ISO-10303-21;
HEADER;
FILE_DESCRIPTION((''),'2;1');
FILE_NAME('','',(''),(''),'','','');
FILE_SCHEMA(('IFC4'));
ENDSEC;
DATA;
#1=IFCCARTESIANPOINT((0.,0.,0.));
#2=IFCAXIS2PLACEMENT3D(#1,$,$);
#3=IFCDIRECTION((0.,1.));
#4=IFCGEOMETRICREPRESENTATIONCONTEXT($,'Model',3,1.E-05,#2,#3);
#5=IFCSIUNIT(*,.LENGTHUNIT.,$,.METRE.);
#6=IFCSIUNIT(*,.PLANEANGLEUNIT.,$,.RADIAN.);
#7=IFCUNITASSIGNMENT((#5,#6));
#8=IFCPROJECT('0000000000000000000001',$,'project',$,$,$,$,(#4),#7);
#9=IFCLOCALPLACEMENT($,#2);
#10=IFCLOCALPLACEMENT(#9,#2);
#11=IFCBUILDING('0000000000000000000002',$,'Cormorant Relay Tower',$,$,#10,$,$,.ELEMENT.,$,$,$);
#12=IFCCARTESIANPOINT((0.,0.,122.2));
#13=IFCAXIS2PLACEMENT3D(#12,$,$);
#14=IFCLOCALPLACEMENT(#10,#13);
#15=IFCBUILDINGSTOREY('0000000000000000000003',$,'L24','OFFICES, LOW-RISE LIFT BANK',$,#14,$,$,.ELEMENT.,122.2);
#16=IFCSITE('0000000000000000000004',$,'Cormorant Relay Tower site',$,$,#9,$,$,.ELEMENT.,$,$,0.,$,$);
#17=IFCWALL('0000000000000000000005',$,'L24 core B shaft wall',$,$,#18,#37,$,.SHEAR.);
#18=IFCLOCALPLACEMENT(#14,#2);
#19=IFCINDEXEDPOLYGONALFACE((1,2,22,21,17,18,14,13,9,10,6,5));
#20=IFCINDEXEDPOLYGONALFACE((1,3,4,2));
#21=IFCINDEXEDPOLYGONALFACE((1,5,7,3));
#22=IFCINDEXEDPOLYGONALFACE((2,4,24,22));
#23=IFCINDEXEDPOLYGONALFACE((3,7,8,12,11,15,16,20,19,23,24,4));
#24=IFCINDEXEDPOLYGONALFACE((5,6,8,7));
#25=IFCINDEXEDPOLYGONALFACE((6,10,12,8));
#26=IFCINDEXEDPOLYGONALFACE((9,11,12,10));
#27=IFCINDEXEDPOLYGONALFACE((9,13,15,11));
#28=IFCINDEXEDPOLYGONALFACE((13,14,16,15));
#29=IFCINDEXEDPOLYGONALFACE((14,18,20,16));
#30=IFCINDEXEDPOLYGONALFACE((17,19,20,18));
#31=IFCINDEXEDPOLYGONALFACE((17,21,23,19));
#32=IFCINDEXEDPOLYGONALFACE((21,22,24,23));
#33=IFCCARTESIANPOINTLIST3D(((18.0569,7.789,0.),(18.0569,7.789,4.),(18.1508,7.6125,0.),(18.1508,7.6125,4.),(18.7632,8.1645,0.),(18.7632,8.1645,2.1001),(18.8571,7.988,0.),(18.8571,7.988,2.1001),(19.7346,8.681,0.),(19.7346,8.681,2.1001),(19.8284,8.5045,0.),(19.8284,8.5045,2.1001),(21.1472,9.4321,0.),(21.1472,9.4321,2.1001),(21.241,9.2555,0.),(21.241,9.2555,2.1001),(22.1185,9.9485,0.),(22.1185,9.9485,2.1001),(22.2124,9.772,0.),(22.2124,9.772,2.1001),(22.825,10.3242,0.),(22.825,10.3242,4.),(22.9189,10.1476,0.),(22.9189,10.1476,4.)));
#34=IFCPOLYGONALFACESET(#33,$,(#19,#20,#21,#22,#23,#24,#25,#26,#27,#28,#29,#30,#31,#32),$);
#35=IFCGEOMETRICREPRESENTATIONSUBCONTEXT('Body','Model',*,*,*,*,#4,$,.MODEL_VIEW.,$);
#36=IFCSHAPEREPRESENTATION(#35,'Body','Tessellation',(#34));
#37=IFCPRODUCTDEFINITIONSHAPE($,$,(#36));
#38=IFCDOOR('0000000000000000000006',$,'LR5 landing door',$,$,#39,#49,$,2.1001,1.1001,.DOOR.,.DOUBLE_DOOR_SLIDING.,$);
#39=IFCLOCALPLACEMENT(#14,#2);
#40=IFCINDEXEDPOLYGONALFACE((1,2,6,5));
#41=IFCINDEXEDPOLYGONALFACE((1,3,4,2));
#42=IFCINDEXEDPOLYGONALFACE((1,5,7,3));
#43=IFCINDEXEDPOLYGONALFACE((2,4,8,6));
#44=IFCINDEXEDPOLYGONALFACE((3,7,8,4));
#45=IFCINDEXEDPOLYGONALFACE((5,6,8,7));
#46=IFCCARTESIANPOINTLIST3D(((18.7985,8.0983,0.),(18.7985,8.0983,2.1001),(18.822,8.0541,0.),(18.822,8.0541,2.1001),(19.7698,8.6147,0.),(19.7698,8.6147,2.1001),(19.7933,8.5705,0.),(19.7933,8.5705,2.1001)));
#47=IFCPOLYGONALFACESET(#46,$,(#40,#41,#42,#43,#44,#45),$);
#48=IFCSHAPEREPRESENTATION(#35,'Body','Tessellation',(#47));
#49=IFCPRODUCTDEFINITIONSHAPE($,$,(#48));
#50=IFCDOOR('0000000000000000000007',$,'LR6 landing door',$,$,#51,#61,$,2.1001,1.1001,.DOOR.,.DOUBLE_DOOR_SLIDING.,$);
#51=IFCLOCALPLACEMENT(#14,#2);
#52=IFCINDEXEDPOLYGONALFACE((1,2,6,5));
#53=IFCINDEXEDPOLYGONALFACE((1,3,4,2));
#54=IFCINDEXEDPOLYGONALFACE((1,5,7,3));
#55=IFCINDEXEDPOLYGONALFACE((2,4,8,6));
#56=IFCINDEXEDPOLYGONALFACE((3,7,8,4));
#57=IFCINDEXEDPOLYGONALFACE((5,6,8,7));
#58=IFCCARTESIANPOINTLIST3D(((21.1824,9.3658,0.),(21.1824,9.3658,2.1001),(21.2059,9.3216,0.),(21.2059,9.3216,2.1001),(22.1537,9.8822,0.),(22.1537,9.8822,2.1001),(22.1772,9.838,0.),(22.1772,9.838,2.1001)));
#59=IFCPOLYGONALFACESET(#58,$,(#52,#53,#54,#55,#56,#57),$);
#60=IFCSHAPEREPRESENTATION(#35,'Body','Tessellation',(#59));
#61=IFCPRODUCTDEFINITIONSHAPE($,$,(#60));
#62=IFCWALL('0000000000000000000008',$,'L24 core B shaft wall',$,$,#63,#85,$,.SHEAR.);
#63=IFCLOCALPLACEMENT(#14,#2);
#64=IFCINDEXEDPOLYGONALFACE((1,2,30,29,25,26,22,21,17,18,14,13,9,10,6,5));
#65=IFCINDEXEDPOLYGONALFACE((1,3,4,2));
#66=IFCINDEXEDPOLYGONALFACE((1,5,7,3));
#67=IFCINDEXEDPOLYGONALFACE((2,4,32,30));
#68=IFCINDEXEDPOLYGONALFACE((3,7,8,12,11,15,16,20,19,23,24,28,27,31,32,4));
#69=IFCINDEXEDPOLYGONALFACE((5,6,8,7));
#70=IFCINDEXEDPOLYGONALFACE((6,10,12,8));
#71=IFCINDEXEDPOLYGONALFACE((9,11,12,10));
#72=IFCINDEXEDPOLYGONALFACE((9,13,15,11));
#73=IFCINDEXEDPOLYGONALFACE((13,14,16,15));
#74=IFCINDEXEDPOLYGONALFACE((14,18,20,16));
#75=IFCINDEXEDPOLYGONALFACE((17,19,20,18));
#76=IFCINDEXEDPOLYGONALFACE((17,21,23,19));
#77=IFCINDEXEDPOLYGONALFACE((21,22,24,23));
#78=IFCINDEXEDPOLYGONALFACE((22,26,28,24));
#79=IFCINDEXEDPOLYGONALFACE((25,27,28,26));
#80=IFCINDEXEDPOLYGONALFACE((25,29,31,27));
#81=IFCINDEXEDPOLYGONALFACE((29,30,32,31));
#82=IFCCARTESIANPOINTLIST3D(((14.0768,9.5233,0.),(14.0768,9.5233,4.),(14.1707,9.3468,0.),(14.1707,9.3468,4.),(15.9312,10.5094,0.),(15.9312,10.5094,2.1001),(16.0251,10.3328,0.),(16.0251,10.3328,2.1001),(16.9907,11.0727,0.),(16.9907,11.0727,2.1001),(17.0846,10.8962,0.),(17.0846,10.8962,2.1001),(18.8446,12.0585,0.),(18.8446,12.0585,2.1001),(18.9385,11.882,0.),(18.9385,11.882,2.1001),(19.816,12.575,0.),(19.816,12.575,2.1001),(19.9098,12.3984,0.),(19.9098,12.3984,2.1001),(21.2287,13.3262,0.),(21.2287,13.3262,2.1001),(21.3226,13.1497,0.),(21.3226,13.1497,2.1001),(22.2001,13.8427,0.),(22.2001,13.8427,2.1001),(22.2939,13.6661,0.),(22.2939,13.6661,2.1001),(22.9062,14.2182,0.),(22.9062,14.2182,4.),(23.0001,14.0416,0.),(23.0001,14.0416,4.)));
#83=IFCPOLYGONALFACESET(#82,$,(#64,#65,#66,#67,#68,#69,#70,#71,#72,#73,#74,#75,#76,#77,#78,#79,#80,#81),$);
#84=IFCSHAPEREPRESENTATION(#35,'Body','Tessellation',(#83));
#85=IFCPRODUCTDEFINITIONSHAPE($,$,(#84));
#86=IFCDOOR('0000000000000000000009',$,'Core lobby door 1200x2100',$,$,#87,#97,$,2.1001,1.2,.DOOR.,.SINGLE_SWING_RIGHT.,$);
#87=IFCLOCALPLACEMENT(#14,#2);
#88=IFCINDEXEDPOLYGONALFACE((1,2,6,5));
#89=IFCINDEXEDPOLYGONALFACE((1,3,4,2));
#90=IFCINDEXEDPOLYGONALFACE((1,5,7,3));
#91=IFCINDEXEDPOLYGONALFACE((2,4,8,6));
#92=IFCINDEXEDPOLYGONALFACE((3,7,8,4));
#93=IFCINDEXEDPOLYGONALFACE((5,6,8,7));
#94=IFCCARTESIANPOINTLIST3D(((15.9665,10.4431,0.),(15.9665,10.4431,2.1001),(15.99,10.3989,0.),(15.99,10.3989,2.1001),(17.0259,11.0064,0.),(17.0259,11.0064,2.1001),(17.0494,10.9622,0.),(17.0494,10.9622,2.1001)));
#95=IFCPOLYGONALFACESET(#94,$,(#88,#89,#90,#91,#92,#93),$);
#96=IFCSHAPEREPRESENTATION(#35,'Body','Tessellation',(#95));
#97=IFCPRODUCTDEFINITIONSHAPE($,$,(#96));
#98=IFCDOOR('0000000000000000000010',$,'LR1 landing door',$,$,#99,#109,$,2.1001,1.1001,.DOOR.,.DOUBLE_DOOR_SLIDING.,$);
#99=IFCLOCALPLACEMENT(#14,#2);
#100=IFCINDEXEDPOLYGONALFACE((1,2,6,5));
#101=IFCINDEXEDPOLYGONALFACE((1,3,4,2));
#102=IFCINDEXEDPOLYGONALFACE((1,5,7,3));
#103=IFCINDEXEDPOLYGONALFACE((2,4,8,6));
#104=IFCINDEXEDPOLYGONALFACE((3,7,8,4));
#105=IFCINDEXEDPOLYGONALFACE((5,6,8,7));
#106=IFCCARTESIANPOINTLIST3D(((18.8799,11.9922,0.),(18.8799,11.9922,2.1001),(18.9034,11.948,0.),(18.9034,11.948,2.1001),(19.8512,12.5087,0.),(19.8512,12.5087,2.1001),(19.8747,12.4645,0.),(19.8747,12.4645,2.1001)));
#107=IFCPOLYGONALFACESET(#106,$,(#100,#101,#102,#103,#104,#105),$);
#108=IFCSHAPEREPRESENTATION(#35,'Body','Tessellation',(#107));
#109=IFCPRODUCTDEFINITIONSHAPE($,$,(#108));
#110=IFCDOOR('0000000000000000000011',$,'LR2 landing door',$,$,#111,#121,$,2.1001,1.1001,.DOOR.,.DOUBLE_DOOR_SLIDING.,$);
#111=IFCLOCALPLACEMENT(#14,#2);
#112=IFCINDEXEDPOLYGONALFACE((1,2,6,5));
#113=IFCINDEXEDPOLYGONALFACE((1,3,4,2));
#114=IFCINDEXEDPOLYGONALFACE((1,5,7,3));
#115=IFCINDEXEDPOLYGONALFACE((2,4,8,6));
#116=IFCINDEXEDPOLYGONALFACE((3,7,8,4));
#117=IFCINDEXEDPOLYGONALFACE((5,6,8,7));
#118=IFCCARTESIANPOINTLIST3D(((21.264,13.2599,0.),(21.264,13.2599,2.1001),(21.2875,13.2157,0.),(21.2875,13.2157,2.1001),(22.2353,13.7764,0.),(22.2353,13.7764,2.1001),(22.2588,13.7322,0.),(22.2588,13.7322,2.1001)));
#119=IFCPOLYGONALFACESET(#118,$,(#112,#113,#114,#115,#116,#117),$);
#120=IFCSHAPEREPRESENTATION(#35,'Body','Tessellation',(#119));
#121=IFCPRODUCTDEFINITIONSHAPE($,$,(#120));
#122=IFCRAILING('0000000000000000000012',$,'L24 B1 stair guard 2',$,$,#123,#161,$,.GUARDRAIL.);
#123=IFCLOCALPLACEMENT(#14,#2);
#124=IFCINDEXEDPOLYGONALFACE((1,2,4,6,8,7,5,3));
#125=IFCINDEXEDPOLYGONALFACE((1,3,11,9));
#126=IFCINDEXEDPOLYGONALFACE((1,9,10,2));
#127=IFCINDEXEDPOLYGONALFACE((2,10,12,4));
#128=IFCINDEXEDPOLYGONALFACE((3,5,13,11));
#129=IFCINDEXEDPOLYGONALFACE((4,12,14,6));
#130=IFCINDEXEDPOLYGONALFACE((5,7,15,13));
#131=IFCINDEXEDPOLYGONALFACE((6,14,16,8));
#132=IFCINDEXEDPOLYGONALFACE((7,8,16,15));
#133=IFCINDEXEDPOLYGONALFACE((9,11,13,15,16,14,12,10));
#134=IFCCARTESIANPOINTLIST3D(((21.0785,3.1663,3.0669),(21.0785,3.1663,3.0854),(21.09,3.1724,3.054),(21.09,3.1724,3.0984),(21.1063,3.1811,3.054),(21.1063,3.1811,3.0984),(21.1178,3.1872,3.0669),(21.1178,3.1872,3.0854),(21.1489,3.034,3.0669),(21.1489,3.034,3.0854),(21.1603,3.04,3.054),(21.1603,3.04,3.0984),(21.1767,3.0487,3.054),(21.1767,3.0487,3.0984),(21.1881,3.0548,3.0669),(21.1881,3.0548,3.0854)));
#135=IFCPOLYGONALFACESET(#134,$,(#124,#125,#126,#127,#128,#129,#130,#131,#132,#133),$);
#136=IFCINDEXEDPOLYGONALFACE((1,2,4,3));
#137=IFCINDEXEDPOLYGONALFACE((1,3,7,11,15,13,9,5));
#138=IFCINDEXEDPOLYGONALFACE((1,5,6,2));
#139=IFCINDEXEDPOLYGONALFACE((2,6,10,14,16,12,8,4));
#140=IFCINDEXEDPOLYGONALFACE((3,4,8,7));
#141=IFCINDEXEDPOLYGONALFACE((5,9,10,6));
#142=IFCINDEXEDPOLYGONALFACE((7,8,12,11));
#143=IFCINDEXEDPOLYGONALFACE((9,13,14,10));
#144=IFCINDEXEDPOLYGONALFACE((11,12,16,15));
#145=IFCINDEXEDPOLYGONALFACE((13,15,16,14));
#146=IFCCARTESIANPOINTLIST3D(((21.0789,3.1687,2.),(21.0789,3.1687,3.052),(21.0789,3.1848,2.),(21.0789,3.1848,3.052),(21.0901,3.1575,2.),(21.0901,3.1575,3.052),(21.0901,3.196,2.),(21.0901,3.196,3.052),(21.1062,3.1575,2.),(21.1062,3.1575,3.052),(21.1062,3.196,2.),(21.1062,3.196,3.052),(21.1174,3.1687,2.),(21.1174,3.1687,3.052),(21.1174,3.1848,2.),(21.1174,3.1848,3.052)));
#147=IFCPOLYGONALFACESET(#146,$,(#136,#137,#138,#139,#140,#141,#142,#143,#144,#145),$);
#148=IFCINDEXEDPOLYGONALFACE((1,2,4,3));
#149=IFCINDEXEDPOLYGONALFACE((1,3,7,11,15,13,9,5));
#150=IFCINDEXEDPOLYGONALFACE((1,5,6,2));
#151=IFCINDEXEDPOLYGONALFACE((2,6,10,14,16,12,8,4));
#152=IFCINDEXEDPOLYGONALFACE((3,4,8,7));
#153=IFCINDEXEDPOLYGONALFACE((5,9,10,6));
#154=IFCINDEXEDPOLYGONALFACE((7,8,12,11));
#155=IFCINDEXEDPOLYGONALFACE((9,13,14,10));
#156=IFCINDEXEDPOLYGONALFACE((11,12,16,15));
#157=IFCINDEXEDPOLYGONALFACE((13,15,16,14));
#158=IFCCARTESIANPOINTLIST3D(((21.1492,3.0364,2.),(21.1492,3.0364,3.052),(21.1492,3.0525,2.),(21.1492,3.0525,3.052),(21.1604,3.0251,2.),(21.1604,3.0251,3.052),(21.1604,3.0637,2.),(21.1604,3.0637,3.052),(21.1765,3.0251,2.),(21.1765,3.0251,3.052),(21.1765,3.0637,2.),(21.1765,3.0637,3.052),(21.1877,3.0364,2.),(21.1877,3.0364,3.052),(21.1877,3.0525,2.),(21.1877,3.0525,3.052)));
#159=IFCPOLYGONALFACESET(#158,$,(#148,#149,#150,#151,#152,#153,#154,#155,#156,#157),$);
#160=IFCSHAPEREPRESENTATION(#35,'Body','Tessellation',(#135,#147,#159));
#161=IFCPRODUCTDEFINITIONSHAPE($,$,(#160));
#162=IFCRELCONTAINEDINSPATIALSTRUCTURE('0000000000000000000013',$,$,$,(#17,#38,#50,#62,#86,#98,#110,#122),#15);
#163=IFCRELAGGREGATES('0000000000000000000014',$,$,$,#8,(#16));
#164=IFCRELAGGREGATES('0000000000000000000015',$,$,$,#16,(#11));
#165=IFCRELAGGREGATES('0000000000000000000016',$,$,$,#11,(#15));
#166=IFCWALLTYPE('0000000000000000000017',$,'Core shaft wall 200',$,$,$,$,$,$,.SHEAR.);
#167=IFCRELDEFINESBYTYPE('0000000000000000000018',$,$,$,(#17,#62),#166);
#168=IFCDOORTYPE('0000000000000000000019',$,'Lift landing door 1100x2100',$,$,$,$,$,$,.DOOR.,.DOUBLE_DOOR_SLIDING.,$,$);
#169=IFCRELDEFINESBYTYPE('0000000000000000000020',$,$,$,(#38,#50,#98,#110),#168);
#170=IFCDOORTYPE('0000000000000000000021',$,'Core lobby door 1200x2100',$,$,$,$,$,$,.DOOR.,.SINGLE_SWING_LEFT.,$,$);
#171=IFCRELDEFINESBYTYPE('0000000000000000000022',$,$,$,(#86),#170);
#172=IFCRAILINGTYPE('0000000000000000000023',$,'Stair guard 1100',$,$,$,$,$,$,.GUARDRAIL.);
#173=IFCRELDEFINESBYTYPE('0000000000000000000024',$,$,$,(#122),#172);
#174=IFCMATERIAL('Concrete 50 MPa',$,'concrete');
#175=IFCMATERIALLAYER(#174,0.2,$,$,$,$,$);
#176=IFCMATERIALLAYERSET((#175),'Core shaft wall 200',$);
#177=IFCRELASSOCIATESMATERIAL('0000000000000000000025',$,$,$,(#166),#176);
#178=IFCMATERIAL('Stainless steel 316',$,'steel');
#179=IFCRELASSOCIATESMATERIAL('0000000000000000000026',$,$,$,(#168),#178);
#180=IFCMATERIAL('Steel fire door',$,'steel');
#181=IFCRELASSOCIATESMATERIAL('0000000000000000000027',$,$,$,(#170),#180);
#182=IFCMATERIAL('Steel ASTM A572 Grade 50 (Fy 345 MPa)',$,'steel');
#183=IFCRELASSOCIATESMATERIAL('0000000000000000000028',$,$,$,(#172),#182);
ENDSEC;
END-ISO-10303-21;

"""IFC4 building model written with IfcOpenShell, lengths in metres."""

from ifc_helpers import new_model, si_unit, direction, frame, frame_2d, origin, place, context, subcontext, project, spatial, polyline, rectangle, outline, extrude, material, layer, layer_set, type_object, element, fill, save


model = new_model("IFC4")

# Units and contexts
model_context = context("Model", 3, precision=1e-05, world=origin(), true_north=direction((0.0, 1.0)))
body_context = subcontext(model_context, "Body", "Model", "MODEL_VIEW")
ifc_project = project(units=[si_unit("LENGTHUNIT", "METRE"), si_unit("PLANEANGLEUNIT", "RADIAN")], contexts=[model_context])

# Site, building, storey
site_placement = place(None, origin())
site = spatial("IfcSite", under=ifc_project, at=site_placement, Name="Cormorant Relay Tower site", CompositionType="ELEMENT", RefElevation=0.0)
building_placement = place(site_placement, origin())
building = spatial("IfcBuilding", under=site, at=building_placement, Name="Cormorant Relay Tower", CompositionType="ELEMENT")
storey_placement = place(building_placement, frame((0.0, 0.0, 122.2)))
storey = spatial("IfcBuildingStorey", under=building, at=storey_placement, Name="L24", Description="OFFICES, LOW-RISE LIFT BANK", CompositionType="ELEMENT", Elevation=122.2)

# Shared definitions
ifc_material_1 = material(Name="Concrete 50 MPa", Category="concrete")
ifc_layer_1 = layer(ifc_material_1, 0.2)
ifc_layer_set_1 = layer_set([ifc_layer_1], Name="Core shaft wall 200")
wall_type_1 = type_object("IfcWallType", Name="Core shaft wall 200", PredefinedType="SHEAR", material=ifc_layer_set_1)

# Walls, openings, doors
wall_1_placement = place(storey_placement, frame((18.1038, 7.7007, 0.0), z_axis=(0.0, 0.0, 1.0), x_axis=(0.882953, 0.469462, 0.0)))
wall_1 = element("IfcWall", 1, at=wall_1_placement, inside=storey, type_object=wall_type_1, Name="L24 core B shaft wall", PredefinedType="SHEAR", context=body_context, shape_type="SweptSolid", body=[
    extrude(rectangle(XDim=5.4001, YDim=0.2, at=frame_2d((2.7002, 0.0))), origin(), (0.0, 0.0, 1.0), 4.0),
])
opening_1_placement = place(wall_1_placement, frame((0.8, 0.0, 0.0)))
opening_1 = element("IfcOpeningElement", 2, at=opening_1_placement, cuts=wall_1, PredefinedType="OPENING", context=body_context, shape_type="SweptSolid", body=[
    extrude(rectangle(XDim=1.1001, YDim=2.1001, at=frame_2d((0.55, 1.05))), frame((0.0, 0.1099, 0.0), z_axis=(0.0, -1.0, 0.0), x_axis=(1.0, 0.0, 0.0)), (0.0, 0.0, 1.0), 0.22),
])
opening_2_placement = place(wall_1_placement, frame((3.5, 0.0, 0.0)))
opening_2 = element("IfcOpeningElement", 3, at=opening_2_placement, cuts=wall_1, PredefinedType="OPENING", context=body_context, shape_type="SweptSolid", body=[
    extrude(rectangle(XDim=1.1001, YDim=2.1001, at=frame_2d((0.55, 1.05))), frame((0.0, 0.1099, 0.0), z_axis=(0.0, -1.0, 0.0), x_axis=(1.0, 0.0, 0.0)), (0.0, 0.0, 1.0), 0.22),
])
ifc_material_2 = material(Name="Stainless steel 316", Category="steel")
door_type_1 = type_object("IfcDoorType", Name="Lift landing door 1100x2100", OperationType="DOUBLE_DOOR_SLIDING", PredefinedType="DOOR", material=ifc_material_2)
door_1_placement = place(opening_1_placement, origin())
door_1 = element("IfcDoor", 4, at=door_1_placement, inside=storey, type_object=door_type_1, Name="LR5 landing door", OperationType="DOUBLE_DOOR_SLIDING", OverallHeight=2.1001, OverallWidth=1.1001, PredefinedType="DOOR", context=body_context, shape_type="SweptSolid", body=[
    extrude(rectangle(XDim=1.1001, YDim=2.1001, at=frame_2d((0.55, 1.05))), frame((0.0, 0.0249, 0.0), z_axis=(0.0, -1.0, 0.0), x_axis=(1.0, 0.0, 0.0)), (0.0, 0.0, 1.0), 0.05),
])
fill(opening_1, door_1)
door_2_placement = place(opening_2_placement, origin())
door_2 = element("IfcDoor", 5, at=door_2_placement, inside=storey, type_object=door_type_1, Name="LR6 landing door", OperationType="DOUBLE_DOOR_SLIDING", OverallHeight=2.1001, OverallWidth=1.1001, PredefinedType="DOOR", context=body_context, shape_type="SweptSolid", body=[
    extrude(rectangle(XDim=1.1001, YDim=2.1001, at=frame_2d((0.55, 1.05))), frame((0.0, 0.0249, 0.0), z_axis=(0.0, -1.0, 0.0), x_axis=(1.0, 0.0, 0.0)), (0.0, 0.0, 1.0), 0.05),
])
fill(opening_2, door_2)
wall_2_placement = place(storey_placement, frame((14.1238, 9.4351, 0.0), z_axis=(0.0, 0.0, 1.0), x_axis=(0.88294, 0.469485, 0.0)))
wall_2 = element("IfcWall", 6, at=wall_2_placement, inside=storey, type_object=wall_type_1, Name="L24 core B shaft wall", PredefinedType="SHEAR", context=body_context, shape_type="SweptSolid", body=[
    extrude(rectangle(XDim=10.0, YDim=0.2, at=frame_2d((5.0, 0.0))), origin(), (0.0, 0.0, 1.0), 4.0),
])
opening_3_placement = place(wall_2_placement, frame((2.1001, 0.0, 0.0)))
opening_3 = element("IfcOpeningElement", 7, at=opening_3_placement, cuts=wall_2, PredefinedType="OPENING", context=body_context, shape_type="SweptSolid", body=[
    extrude(rectangle(XDim=1.2, YDim=2.1001, at=frame_2d((0.6001, 1.05))), frame((0.0, 0.1099, 0.0), z_axis=(0.0, -1.0, 0.0), x_axis=(1.0, 0.0, 0.0)), (0.0, 0.0, 1.0), 0.22),
])
opening_4_placement = place(wall_2_placement, frame((5.3999, 0.0, 0.0)))
opening_4 = element("IfcOpeningElement", 8, at=opening_4_placement, cuts=wall_2, PredefinedType="OPENING", context=body_context, shape_type="SweptSolid", body=[
    extrude(rectangle(XDim=1.1001, YDim=2.1001, at=frame_2d((0.55, 1.05))), frame((0.0, 0.1099, 0.0), z_axis=(0.0, -1.0, 0.0), x_axis=(1.0, 0.0, 0.0)), (0.0, 0.0, 1.0), 0.22),
])
opening_5_placement = place(wall_2_placement, frame((8.1001, 0.0, 0.0)))
opening_5 = element("IfcOpeningElement", 9, at=opening_5_placement, cuts=wall_2, PredefinedType="OPENING", context=body_context, shape_type="SweptSolid", body=[
    extrude(rectangle(XDim=1.1001, YDim=2.1001, at=frame_2d((0.55, 1.05))), frame((0.0, 0.1099, 0.0), z_axis=(0.0, -1.0, 0.0), x_axis=(1.0, 0.0, 0.0)), (0.0, 0.0, 1.0), 0.22),
])
ifc_material_3 = material(Name="Steel fire door", Category="steel")
door_type_2 = type_object("IfcDoorType", Name="Core lobby door 1200x2100", OperationType="SINGLE_SWING_LEFT", PredefinedType="DOOR", material=ifc_material_3)
door_3_placement = place(opening_3_placement, origin())
door_3 = element("IfcDoor", 10, at=door_3_placement, inside=storey, type_object=door_type_2, Name="Core lobby door 1200x2100", OperationType="SINGLE_SWING_RIGHT", OverallHeight=2.1001, OverallWidth=1.2, PredefinedType="DOOR", context=body_context, shape_type="SweptSolid", body=[
    extrude(rectangle(XDim=1.2, YDim=2.1001, at=frame_2d((0.6001, 1.05))), frame((0.0, 0.0249, 0.0), z_axis=(0.0, -1.0, 0.0), x_axis=(1.0, 0.0, 0.0)), (0.0, 0.0, 1.0), 0.05),
])
fill(opening_3, door_3)
door_4_placement = place(opening_4_placement, origin())
door_4 = element("IfcDoor", 11, at=door_4_placement, inside=storey, type_object=door_type_1, Name="LR1 landing door", OperationType="DOUBLE_DOOR_SLIDING", OverallHeight=2.1001, OverallWidth=1.1001, PredefinedType="DOOR", context=body_context, shape_type="SweptSolid", body=[
    extrude(rectangle(XDim=1.1001, YDim=2.1001, at=frame_2d((0.55, 1.05))), frame((0.0, 0.0249, 0.0), z_axis=(0.0, -1.0, 0.0), x_axis=(1.0, 0.0, 0.0)), (0.0, 0.0, 1.0), 0.05),
])
fill(opening_4, door_4)
door_5_placement = place(opening_5_placement, origin())
door_5 = element("IfcDoor", 12, at=door_5_placement, inside=storey, type_object=door_type_1, Name="LR2 landing door", OperationType="DOUBLE_DOOR_SLIDING", OverallHeight=2.1001, OverallWidth=1.1001, PredefinedType="DOOR", context=body_context, shape_type="SweptSolid", body=[
    extrude(rectangle(XDim=1.1001, YDim=2.1001, at=frame_2d((0.55, 1.05))), frame((0.0, 0.0249, 0.0), z_axis=(0.0, -1.0, 0.0), x_axis=(1.0, 0.0, 0.0)), (0.0, 0.0, 1.0), 0.05),
])
fill(opening_5, door_5)

# Railing
ifc_material_4 = material(Name="Steel ASTM A572 Grade 50 (Fy 345 MPa)", Category="steel")
railing_type = type_object("IfcRailingType", Name="Stair guard 1100", PredefinedType="GUARDRAIL", material=ifc_material_4)
railing_1_placement = place(storey_placement, frame((21.0981, 3.1768, 2.0)))
element("IfcRailing", 13, at=railing_1_placement, inside=storey, type_object=railing_type, Name="L24 B1 stair guard 2", PredefinedType="GUARDRAIL", context=body_context, shape_type="SweptSolid", body=[
    extrude(outline(polyline([(0.0222, 0.0093), (0.0093, 0.0222), (-0.0093, 0.0222), (-0.0222, 0.0093), (-0.0222, -0.0093), (-0.0093, -0.0222), (0.0093, -0.0222), (0.0222, -0.0093), (0.0222, 0.0093)])), frame((0.0, 0.0, 1.0762), z_axis=(0.469235, -0.883074, 0.0), x_axis=(0.883074, 0.469235, 0.0)), (0.0, 0.0, 1.0), 0.1499),
    extrude(outline(polyline([(0.0193, 0.0081), (0.0081, 0.0193), (-0.0081, 0.0193), (-0.0193, 0.0081), (-0.0193, -0.0081), (-0.0081, -0.0193), (0.0081, -0.0193), (0.0193, -0.0081), (0.0193, 0.0081)])), origin(), (0.0, 0.0, 1.0), 1.052),
    extrude(outline(polyline([(0.0193, 0.0081), (0.0081, 0.0193), (-0.0081, 0.0193), (-0.0193, 0.0081), (-0.0193, -0.0081), (-0.0081, -0.0193), (0.0081, -0.0193), (0.0193, -0.0081), (0.0193, 0.0081)])), frame((0.0703, -0.1323, 0.0)), (0.0, 0.0, 1.0), 1.052),
])

save(model, "model.ifc")
